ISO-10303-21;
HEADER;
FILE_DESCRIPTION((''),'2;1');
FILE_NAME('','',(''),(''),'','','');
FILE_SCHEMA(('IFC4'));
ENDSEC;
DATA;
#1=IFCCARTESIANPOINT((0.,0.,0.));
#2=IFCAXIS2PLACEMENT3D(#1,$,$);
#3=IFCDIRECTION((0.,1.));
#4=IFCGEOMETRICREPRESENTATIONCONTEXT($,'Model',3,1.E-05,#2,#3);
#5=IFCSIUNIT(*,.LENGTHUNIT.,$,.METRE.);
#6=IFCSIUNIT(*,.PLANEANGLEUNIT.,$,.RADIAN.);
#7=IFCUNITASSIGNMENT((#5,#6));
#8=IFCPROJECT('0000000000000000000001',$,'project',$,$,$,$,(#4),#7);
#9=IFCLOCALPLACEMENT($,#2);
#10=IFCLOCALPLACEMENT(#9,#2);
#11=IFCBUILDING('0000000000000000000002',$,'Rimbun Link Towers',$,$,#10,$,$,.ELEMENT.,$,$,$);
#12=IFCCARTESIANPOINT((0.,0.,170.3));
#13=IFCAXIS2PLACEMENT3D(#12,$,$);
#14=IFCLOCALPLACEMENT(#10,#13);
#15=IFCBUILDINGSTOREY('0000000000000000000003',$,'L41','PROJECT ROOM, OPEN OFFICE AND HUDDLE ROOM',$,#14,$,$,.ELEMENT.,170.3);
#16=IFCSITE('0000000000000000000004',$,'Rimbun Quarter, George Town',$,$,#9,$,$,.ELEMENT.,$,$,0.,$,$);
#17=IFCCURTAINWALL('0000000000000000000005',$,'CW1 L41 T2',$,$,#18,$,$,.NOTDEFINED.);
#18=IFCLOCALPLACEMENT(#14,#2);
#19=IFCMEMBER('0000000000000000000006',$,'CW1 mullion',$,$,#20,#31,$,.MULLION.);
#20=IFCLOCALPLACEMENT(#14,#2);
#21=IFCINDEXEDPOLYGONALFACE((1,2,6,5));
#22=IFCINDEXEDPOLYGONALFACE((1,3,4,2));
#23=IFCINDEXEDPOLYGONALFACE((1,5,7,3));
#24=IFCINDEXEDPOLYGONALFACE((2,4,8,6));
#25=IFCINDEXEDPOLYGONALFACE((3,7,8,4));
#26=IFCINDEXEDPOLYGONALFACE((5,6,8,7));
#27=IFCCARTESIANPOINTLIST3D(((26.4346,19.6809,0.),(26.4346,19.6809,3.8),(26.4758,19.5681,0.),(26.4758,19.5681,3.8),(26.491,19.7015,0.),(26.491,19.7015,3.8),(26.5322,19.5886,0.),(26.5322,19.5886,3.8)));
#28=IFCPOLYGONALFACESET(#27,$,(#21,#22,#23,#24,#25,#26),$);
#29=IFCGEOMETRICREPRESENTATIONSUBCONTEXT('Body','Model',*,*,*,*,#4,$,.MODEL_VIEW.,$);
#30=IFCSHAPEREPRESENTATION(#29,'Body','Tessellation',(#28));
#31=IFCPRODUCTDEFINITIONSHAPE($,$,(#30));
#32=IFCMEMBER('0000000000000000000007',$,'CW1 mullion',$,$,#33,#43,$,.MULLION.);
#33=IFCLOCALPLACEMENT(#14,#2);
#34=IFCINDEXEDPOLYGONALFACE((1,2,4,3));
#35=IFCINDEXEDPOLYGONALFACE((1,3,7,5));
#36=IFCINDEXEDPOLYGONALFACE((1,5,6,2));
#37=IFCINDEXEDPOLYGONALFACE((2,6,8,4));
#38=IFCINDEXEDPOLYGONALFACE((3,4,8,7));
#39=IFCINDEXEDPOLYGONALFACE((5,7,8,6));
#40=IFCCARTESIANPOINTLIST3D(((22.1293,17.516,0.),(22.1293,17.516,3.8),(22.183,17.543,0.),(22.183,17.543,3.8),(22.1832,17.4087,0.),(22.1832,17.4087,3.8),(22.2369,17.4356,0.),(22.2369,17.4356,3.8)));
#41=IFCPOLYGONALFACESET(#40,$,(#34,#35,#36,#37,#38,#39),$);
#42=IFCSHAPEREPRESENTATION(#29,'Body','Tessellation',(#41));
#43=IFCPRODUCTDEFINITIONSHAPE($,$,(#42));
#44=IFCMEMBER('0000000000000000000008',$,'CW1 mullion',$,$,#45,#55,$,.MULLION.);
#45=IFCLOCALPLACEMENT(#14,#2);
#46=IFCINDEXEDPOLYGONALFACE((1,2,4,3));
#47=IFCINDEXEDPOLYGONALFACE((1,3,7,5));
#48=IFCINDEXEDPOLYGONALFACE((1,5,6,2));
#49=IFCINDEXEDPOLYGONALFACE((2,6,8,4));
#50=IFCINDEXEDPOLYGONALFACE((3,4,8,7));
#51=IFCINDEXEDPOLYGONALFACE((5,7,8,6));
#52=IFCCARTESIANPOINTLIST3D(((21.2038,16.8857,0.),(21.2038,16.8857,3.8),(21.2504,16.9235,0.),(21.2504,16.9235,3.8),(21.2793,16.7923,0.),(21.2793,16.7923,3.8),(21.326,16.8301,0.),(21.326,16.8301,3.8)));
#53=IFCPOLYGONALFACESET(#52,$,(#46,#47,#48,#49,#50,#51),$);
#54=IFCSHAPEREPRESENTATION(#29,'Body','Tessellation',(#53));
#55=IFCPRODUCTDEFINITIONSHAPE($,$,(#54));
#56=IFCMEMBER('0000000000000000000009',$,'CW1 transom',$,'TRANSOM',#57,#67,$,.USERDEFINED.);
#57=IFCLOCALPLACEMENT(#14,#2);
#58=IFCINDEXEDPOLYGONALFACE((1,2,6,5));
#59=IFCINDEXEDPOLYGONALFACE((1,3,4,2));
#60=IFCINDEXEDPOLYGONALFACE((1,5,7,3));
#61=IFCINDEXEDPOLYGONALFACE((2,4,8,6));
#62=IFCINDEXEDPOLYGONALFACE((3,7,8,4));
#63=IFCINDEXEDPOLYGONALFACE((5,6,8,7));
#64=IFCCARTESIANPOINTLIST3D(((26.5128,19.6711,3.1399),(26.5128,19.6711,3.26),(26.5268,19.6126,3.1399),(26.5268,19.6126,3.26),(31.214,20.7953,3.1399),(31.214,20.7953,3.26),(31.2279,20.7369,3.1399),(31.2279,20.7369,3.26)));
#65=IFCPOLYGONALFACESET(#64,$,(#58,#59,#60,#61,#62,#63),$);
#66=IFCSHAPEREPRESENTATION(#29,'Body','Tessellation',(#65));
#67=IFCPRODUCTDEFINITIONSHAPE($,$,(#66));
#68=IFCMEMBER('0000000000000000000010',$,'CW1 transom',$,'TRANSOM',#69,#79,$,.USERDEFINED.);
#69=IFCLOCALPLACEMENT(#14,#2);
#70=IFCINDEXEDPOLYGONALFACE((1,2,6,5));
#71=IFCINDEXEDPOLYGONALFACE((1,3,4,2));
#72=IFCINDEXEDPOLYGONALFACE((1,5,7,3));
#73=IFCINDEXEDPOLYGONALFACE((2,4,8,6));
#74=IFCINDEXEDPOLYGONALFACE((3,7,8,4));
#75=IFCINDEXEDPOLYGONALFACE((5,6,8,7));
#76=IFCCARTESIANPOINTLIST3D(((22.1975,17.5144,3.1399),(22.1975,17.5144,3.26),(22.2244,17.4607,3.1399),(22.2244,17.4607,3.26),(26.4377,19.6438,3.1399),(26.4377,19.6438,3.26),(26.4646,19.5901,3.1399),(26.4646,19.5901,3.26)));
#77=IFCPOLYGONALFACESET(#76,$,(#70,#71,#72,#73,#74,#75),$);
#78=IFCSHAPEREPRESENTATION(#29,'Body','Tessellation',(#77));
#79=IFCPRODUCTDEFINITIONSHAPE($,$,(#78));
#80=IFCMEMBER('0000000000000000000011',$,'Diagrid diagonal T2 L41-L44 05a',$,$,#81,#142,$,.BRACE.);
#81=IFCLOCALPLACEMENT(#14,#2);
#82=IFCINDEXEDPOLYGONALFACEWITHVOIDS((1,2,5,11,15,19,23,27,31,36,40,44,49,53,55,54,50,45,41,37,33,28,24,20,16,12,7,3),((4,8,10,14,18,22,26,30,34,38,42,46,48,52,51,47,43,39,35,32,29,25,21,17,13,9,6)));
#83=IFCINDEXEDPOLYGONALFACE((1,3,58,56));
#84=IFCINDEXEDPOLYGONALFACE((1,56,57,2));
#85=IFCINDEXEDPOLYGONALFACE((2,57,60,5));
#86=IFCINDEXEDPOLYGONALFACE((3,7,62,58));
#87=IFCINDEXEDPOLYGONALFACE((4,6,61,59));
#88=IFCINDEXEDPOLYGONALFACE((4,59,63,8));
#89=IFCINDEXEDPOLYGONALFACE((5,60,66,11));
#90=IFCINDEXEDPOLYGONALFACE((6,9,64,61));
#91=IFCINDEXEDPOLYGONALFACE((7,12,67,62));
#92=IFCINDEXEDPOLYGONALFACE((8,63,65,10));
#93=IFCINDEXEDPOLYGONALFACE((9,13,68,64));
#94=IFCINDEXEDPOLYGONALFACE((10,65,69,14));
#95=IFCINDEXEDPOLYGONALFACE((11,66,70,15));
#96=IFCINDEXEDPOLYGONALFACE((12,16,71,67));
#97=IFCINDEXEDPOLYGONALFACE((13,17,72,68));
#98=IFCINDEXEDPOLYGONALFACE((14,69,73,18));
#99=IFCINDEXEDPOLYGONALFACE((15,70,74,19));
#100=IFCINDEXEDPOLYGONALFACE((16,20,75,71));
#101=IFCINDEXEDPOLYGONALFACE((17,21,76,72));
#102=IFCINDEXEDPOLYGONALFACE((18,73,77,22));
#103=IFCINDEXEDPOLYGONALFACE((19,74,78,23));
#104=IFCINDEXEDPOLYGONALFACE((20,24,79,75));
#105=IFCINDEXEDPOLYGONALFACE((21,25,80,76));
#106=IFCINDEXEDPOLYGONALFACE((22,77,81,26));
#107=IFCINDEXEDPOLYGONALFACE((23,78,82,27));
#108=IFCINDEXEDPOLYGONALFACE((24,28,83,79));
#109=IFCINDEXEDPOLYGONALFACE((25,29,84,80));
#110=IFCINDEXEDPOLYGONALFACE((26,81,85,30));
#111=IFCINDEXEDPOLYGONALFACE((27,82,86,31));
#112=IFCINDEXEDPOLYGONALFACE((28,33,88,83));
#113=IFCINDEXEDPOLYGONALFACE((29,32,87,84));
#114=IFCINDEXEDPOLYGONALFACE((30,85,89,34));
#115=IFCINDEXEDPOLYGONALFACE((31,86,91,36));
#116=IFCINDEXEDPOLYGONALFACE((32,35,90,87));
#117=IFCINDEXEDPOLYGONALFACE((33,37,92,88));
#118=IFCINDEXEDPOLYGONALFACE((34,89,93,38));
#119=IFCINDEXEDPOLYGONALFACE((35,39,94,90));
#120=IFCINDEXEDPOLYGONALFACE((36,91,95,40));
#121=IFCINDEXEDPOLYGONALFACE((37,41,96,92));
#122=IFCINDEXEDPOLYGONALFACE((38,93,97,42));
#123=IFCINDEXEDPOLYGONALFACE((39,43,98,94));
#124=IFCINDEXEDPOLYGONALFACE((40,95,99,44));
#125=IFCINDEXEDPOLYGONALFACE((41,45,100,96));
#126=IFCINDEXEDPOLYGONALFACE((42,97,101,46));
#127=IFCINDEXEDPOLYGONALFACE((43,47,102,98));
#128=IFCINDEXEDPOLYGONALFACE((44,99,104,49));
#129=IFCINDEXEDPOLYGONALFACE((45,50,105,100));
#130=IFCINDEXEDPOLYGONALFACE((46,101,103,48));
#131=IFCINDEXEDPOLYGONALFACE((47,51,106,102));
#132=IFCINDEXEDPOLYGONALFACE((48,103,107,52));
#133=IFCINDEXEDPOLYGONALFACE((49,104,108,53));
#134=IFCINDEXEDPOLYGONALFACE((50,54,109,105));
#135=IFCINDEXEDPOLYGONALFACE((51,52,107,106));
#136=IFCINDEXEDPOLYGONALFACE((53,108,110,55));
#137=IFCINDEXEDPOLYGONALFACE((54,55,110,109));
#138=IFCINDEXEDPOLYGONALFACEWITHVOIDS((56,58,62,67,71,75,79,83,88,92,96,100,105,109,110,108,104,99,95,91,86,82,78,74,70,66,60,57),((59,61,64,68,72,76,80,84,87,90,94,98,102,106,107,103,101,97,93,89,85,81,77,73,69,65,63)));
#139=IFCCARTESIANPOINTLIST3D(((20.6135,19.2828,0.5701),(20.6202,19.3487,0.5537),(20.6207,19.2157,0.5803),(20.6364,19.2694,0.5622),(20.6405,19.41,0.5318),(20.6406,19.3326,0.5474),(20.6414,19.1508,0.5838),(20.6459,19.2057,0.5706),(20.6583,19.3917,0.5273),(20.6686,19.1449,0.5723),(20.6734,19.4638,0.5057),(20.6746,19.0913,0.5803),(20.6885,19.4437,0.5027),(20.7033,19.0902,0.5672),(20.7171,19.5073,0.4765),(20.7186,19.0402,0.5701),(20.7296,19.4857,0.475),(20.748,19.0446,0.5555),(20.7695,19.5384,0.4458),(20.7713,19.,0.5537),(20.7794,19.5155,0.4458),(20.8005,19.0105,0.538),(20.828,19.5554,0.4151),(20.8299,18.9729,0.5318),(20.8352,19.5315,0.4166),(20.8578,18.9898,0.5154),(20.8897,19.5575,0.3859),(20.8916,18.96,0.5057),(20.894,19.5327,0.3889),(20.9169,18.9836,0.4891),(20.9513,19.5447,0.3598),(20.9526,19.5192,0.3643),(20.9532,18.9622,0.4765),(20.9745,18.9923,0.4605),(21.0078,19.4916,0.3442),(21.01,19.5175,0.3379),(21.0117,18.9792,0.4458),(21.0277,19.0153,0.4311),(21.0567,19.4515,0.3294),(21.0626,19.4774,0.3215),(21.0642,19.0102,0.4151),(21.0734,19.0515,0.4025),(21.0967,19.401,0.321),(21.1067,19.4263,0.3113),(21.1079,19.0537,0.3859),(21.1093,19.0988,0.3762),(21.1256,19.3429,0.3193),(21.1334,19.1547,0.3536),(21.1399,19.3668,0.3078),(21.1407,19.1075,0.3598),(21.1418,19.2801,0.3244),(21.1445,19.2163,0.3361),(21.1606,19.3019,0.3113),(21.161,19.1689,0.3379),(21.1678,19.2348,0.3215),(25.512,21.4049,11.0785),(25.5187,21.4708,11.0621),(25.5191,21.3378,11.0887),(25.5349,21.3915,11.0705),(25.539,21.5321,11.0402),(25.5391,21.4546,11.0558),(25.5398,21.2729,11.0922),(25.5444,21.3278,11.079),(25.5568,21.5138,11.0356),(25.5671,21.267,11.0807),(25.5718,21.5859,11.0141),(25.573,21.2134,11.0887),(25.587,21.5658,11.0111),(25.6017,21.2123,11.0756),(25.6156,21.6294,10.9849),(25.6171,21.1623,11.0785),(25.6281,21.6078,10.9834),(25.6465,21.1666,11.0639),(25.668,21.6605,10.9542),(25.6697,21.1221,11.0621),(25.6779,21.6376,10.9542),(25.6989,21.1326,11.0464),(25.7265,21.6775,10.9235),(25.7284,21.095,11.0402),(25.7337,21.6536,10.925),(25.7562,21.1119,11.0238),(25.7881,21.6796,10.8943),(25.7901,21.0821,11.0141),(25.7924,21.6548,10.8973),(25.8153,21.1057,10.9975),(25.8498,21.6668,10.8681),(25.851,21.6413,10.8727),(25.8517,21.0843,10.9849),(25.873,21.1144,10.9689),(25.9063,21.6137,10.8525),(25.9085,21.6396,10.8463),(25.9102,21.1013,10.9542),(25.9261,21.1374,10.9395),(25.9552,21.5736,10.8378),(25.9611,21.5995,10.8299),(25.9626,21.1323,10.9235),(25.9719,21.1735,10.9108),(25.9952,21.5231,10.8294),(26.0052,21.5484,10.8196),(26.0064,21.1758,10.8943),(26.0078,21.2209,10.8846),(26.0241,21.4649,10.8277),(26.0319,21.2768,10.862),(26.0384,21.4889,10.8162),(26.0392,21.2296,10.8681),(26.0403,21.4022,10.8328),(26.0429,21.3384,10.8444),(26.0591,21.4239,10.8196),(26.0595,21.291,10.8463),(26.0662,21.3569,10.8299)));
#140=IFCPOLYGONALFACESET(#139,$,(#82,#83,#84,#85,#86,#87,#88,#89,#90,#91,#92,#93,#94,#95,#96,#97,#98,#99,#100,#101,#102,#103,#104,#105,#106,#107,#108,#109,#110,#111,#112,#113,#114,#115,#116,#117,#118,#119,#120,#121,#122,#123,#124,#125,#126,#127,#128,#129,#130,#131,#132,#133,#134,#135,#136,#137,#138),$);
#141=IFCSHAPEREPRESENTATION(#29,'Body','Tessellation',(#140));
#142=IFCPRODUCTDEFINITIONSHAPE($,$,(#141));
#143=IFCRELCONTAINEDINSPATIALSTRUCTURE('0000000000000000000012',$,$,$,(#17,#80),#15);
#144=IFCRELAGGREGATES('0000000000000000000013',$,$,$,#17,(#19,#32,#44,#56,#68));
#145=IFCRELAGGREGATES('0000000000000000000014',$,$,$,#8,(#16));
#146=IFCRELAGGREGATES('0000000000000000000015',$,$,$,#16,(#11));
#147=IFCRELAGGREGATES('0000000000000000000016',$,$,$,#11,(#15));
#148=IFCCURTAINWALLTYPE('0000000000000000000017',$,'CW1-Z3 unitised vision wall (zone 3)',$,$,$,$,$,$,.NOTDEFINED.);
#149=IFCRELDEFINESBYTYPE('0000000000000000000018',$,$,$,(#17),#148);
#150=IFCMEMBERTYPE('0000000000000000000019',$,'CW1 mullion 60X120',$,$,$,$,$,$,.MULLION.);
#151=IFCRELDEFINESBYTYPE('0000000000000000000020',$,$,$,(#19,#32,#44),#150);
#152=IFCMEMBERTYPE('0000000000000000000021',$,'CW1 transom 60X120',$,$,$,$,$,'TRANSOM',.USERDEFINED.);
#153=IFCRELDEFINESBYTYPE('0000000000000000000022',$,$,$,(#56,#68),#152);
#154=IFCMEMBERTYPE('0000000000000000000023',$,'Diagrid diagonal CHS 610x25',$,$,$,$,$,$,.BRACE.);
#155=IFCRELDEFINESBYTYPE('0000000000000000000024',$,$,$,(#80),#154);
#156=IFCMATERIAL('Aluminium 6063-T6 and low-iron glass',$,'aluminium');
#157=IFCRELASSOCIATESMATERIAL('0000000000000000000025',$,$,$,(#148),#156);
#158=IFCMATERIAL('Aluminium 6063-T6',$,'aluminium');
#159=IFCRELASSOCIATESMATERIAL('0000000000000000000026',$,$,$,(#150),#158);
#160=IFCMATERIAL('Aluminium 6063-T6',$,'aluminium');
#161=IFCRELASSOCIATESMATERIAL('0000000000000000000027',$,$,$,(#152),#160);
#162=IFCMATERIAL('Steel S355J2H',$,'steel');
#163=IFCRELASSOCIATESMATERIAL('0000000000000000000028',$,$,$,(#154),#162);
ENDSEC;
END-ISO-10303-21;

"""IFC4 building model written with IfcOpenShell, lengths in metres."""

from ifc_helpers import new_model, si_unit, direction, frame, origin, origin_2d, place, context, subcontext, project, spatial, rectangle, hollow_circle, extrude, material, material_profile, profile_set, type_object, element, aggregate, save


model = new_model("IFC4")

# Units and contexts
model_context = context("Model", 3, precision=1e-05, world=origin(), true_north=direction((0.0, 1.0)))
body_context = subcontext(model_context, "Body", "Model", "MODEL_VIEW")
ifc_project = project(units=[si_unit("LENGTHUNIT", "METRE"), si_unit("PLANEANGLEUNIT", "RADIAN")], contexts=[model_context])

# Site, building, storey
site_placement = place(None, origin())
site = spatial("IfcSite", under=ifc_project, at=site_placement, Name="Rimbun Quarter, George Town", CompositionType="ELEMENT", RefElevation=0.0)
building_placement = place(site_placement, origin())
building = spatial("IfcBuilding", under=site, at=building_placement, Name="Rimbun Link Towers", CompositionType="ELEMENT")
storey_placement = place(building_placement, frame((0.0, 0.0, 170.3)))
storey = spatial("IfcBuildingStorey", under=building, at=storey_placement, Name="L41", Description="PROJECT ROOM, OPEN OFFICE AND HUDDLE ROOM", CompositionType="ELEMENT", Elevation=170.3)

# Curtain wall, members
ifc_material_1 = material(Name="Aluminium 6063-T6 and low-iron glass", Category="aluminium")
curtain_wall_type = type_object("IfcCurtainWallType", Name="CW1-Z3 unitised vision wall (zone 3)", PredefinedType="NOTDEFINED", material=ifc_material_1)
curtain_wall_placement = place(storey_placement, origin())
curtain_wall = element("IfcCurtainWall", 1, at=curtain_wall_placement, inside=storey, type_object=curtain_wall_type, Name="CW1 L41 T2", PredefinedType="NOTDEFINED")
ifc_material_2 = material(Name="Aluminium 6063-T6", Category="aluminium")
ifc_material_profile_1 = material_profile(ifc_material_2, rectangle(XDim=0.1201, YDim=0.0601, at=origin_2d()), Name="MULLION 60X120")
ifc_profile_set_1 = profile_set([ifc_material_profile_1], Name="Aluminium 6063-T6")
member_type_1 = type_object("IfcMemberType", Name="CW1 mullion 60X120", PredefinedType="MULLION", material=ifc_profile_set_1)
member_1_placement = place(storey_placement, frame((26.4834, 19.6348, 0.0), z_axis=(0.0, 0.0, 1.0), x_axis=(-0.342962, 0.939349, 0.0)))
member_1 = element("IfcMember", 2, at=member_1_placement, type_object=member_type_1, Name="CW1 mullion", PredefinedType="MULLION", context=body_context, shape_type="SweptSolid", body=[
    extrude(rectangle(XDim=0.1201, YDim=0.0601, at=origin_2d()), origin(), (0.0, 0.0, 1.0), 3.8),
])
member_2_placement = place(storey_placement, frame((22.1831, 17.4758, 0.0), z_axis=(0.0, 0.0, 1.0), x_axis=(-0.448773, 0.893646, 0.0)))
member_2 = element("IfcMember", 3, at=member_2_placement, type_object=member_type_1, Name="CW1 mullion", PredefinedType="MULLION", context=body_context, shape_type="SweptSolid", body=[
    extrude(rectangle(XDim=0.1201, YDim=0.0601, at=origin_2d()), origin(), (0.0, 0.0, 1.0), 3.8),
])
member_3_placement = place(storey_placement, frame((21.2649, 16.8579, 0.0), z_axis=(0.0, 0.0, 1.0), x_axis=(-0.629158, 0.777278, 0.0)))
member_3 = element("IfcMember", 4, at=member_3_placement, type_object=member_type_1, Name="CW1 mullion", PredefinedType="MULLION", context=body_context, shape_type="SweptSolid", body=[
    extrude(rectangle(XDim=0.1201, YDim=0.0601, at=origin_2d()), origin(), (0.0, 0.0, 1.0), 3.8),
])
ifc_material_3 = material(Name="Aluminium 6063-T6", Category="aluminium")
ifc_material_profile_2 = material_profile(ifc_material_3, rectangle(XDim=0.0601, YDim=0.1201, at=origin_2d()), Name="TRANSOM 60X120")
ifc_profile_set_2 = profile_set([ifc_material_profile_2], Name="Aluminium 6063-T6")
member_type_2 = type_object("IfcMemberType", Name="CW1 transom 60X120", ElementType="TRANSOM", PredefinedType="USERDEFINED", material=ifc_profile_set_2)
member_4_placement = place(storey_placement, frame((26.5198, 19.6418, 3.2), z_axis=(0.972575, 0.232588, 0.0), x_axis=(-0.232588, 0.972575, 0.0)))
member_4 = element("IfcMember", 5, at=member_4_placement, type_object=member_type_2, Name="CW1 transom", ObjectType="TRANSOM", PredefinedType="USERDEFINED", context=body_context, shape_type="SweptSolid", body=[
    extrude(rectangle(XDim=0.0601, YDim=0.1201, at=origin_2d()), origin(), (0.0, 0.0, 1.0), 4.8337),
])
member_5_placement = place(storey_placement, frame((22.2109, 17.4875, 3.2), z_axis=(0.893644, 0.448777, 0.0), x_axis=(-0.448777, 0.893644, 0.0)))
member_5 = element("IfcMember", 6, at=member_5_placement, type_object=member_type_2, Name="CW1 transom", ObjectType="TRANSOM", PredefinedType="USERDEFINED", context=body_context, shape_type="SweptSolid", body=[
    extrude(rectangle(XDim=0.0601, YDim=0.1201, at=origin_2d()), origin(), (0.0, 0.0, 1.0), 4.7449),
])

# Member
ifc_material_4 = material(Name="Steel S355J2H", Category="steel")
ifc_material_profile_3 = material_profile(ifc_material_4, hollow_circle(Radius=0.3047, WallThickness=0.0249, at=origin_2d()), Name="Diagrid diagonal CHS 610x25")
ifc_profile_set_3 = profile_set([ifc_material_profile_3], Name="Steel S355J2H")
member_type_3 = type_object("IfcMemberType", Name="Diagrid diagonal CHS 610x25", PredefinedType="BRACE", material=ifc_profile_set_3)
member_6_placement = place(storey_placement, frame((20.8906, 19.2588, 0.4458), z_axis=(0.415596, 0.180042, 0.891552), x_axis=(-0.397515, 0.917596, 0.0)))
element("IfcMember", 7, at=member_6_placement, inside=storey, type_object=member_type_3, Name="Diagrid diagonal T2 L41-L44 05a", PredefinedType="BRACE", context=body_context, shape_type="SweptSolid", body=[
    extrude(hollow_circle(Radius=0.3047, WallThickness=0.0249, at=origin_2d()), origin(), (0.0, 0.0, 1.0), 11.7866),
])

aggregate(curtain_wall, [member_1, member_2, member_3, member_4, member_5])

save(model, "model.ifc")
